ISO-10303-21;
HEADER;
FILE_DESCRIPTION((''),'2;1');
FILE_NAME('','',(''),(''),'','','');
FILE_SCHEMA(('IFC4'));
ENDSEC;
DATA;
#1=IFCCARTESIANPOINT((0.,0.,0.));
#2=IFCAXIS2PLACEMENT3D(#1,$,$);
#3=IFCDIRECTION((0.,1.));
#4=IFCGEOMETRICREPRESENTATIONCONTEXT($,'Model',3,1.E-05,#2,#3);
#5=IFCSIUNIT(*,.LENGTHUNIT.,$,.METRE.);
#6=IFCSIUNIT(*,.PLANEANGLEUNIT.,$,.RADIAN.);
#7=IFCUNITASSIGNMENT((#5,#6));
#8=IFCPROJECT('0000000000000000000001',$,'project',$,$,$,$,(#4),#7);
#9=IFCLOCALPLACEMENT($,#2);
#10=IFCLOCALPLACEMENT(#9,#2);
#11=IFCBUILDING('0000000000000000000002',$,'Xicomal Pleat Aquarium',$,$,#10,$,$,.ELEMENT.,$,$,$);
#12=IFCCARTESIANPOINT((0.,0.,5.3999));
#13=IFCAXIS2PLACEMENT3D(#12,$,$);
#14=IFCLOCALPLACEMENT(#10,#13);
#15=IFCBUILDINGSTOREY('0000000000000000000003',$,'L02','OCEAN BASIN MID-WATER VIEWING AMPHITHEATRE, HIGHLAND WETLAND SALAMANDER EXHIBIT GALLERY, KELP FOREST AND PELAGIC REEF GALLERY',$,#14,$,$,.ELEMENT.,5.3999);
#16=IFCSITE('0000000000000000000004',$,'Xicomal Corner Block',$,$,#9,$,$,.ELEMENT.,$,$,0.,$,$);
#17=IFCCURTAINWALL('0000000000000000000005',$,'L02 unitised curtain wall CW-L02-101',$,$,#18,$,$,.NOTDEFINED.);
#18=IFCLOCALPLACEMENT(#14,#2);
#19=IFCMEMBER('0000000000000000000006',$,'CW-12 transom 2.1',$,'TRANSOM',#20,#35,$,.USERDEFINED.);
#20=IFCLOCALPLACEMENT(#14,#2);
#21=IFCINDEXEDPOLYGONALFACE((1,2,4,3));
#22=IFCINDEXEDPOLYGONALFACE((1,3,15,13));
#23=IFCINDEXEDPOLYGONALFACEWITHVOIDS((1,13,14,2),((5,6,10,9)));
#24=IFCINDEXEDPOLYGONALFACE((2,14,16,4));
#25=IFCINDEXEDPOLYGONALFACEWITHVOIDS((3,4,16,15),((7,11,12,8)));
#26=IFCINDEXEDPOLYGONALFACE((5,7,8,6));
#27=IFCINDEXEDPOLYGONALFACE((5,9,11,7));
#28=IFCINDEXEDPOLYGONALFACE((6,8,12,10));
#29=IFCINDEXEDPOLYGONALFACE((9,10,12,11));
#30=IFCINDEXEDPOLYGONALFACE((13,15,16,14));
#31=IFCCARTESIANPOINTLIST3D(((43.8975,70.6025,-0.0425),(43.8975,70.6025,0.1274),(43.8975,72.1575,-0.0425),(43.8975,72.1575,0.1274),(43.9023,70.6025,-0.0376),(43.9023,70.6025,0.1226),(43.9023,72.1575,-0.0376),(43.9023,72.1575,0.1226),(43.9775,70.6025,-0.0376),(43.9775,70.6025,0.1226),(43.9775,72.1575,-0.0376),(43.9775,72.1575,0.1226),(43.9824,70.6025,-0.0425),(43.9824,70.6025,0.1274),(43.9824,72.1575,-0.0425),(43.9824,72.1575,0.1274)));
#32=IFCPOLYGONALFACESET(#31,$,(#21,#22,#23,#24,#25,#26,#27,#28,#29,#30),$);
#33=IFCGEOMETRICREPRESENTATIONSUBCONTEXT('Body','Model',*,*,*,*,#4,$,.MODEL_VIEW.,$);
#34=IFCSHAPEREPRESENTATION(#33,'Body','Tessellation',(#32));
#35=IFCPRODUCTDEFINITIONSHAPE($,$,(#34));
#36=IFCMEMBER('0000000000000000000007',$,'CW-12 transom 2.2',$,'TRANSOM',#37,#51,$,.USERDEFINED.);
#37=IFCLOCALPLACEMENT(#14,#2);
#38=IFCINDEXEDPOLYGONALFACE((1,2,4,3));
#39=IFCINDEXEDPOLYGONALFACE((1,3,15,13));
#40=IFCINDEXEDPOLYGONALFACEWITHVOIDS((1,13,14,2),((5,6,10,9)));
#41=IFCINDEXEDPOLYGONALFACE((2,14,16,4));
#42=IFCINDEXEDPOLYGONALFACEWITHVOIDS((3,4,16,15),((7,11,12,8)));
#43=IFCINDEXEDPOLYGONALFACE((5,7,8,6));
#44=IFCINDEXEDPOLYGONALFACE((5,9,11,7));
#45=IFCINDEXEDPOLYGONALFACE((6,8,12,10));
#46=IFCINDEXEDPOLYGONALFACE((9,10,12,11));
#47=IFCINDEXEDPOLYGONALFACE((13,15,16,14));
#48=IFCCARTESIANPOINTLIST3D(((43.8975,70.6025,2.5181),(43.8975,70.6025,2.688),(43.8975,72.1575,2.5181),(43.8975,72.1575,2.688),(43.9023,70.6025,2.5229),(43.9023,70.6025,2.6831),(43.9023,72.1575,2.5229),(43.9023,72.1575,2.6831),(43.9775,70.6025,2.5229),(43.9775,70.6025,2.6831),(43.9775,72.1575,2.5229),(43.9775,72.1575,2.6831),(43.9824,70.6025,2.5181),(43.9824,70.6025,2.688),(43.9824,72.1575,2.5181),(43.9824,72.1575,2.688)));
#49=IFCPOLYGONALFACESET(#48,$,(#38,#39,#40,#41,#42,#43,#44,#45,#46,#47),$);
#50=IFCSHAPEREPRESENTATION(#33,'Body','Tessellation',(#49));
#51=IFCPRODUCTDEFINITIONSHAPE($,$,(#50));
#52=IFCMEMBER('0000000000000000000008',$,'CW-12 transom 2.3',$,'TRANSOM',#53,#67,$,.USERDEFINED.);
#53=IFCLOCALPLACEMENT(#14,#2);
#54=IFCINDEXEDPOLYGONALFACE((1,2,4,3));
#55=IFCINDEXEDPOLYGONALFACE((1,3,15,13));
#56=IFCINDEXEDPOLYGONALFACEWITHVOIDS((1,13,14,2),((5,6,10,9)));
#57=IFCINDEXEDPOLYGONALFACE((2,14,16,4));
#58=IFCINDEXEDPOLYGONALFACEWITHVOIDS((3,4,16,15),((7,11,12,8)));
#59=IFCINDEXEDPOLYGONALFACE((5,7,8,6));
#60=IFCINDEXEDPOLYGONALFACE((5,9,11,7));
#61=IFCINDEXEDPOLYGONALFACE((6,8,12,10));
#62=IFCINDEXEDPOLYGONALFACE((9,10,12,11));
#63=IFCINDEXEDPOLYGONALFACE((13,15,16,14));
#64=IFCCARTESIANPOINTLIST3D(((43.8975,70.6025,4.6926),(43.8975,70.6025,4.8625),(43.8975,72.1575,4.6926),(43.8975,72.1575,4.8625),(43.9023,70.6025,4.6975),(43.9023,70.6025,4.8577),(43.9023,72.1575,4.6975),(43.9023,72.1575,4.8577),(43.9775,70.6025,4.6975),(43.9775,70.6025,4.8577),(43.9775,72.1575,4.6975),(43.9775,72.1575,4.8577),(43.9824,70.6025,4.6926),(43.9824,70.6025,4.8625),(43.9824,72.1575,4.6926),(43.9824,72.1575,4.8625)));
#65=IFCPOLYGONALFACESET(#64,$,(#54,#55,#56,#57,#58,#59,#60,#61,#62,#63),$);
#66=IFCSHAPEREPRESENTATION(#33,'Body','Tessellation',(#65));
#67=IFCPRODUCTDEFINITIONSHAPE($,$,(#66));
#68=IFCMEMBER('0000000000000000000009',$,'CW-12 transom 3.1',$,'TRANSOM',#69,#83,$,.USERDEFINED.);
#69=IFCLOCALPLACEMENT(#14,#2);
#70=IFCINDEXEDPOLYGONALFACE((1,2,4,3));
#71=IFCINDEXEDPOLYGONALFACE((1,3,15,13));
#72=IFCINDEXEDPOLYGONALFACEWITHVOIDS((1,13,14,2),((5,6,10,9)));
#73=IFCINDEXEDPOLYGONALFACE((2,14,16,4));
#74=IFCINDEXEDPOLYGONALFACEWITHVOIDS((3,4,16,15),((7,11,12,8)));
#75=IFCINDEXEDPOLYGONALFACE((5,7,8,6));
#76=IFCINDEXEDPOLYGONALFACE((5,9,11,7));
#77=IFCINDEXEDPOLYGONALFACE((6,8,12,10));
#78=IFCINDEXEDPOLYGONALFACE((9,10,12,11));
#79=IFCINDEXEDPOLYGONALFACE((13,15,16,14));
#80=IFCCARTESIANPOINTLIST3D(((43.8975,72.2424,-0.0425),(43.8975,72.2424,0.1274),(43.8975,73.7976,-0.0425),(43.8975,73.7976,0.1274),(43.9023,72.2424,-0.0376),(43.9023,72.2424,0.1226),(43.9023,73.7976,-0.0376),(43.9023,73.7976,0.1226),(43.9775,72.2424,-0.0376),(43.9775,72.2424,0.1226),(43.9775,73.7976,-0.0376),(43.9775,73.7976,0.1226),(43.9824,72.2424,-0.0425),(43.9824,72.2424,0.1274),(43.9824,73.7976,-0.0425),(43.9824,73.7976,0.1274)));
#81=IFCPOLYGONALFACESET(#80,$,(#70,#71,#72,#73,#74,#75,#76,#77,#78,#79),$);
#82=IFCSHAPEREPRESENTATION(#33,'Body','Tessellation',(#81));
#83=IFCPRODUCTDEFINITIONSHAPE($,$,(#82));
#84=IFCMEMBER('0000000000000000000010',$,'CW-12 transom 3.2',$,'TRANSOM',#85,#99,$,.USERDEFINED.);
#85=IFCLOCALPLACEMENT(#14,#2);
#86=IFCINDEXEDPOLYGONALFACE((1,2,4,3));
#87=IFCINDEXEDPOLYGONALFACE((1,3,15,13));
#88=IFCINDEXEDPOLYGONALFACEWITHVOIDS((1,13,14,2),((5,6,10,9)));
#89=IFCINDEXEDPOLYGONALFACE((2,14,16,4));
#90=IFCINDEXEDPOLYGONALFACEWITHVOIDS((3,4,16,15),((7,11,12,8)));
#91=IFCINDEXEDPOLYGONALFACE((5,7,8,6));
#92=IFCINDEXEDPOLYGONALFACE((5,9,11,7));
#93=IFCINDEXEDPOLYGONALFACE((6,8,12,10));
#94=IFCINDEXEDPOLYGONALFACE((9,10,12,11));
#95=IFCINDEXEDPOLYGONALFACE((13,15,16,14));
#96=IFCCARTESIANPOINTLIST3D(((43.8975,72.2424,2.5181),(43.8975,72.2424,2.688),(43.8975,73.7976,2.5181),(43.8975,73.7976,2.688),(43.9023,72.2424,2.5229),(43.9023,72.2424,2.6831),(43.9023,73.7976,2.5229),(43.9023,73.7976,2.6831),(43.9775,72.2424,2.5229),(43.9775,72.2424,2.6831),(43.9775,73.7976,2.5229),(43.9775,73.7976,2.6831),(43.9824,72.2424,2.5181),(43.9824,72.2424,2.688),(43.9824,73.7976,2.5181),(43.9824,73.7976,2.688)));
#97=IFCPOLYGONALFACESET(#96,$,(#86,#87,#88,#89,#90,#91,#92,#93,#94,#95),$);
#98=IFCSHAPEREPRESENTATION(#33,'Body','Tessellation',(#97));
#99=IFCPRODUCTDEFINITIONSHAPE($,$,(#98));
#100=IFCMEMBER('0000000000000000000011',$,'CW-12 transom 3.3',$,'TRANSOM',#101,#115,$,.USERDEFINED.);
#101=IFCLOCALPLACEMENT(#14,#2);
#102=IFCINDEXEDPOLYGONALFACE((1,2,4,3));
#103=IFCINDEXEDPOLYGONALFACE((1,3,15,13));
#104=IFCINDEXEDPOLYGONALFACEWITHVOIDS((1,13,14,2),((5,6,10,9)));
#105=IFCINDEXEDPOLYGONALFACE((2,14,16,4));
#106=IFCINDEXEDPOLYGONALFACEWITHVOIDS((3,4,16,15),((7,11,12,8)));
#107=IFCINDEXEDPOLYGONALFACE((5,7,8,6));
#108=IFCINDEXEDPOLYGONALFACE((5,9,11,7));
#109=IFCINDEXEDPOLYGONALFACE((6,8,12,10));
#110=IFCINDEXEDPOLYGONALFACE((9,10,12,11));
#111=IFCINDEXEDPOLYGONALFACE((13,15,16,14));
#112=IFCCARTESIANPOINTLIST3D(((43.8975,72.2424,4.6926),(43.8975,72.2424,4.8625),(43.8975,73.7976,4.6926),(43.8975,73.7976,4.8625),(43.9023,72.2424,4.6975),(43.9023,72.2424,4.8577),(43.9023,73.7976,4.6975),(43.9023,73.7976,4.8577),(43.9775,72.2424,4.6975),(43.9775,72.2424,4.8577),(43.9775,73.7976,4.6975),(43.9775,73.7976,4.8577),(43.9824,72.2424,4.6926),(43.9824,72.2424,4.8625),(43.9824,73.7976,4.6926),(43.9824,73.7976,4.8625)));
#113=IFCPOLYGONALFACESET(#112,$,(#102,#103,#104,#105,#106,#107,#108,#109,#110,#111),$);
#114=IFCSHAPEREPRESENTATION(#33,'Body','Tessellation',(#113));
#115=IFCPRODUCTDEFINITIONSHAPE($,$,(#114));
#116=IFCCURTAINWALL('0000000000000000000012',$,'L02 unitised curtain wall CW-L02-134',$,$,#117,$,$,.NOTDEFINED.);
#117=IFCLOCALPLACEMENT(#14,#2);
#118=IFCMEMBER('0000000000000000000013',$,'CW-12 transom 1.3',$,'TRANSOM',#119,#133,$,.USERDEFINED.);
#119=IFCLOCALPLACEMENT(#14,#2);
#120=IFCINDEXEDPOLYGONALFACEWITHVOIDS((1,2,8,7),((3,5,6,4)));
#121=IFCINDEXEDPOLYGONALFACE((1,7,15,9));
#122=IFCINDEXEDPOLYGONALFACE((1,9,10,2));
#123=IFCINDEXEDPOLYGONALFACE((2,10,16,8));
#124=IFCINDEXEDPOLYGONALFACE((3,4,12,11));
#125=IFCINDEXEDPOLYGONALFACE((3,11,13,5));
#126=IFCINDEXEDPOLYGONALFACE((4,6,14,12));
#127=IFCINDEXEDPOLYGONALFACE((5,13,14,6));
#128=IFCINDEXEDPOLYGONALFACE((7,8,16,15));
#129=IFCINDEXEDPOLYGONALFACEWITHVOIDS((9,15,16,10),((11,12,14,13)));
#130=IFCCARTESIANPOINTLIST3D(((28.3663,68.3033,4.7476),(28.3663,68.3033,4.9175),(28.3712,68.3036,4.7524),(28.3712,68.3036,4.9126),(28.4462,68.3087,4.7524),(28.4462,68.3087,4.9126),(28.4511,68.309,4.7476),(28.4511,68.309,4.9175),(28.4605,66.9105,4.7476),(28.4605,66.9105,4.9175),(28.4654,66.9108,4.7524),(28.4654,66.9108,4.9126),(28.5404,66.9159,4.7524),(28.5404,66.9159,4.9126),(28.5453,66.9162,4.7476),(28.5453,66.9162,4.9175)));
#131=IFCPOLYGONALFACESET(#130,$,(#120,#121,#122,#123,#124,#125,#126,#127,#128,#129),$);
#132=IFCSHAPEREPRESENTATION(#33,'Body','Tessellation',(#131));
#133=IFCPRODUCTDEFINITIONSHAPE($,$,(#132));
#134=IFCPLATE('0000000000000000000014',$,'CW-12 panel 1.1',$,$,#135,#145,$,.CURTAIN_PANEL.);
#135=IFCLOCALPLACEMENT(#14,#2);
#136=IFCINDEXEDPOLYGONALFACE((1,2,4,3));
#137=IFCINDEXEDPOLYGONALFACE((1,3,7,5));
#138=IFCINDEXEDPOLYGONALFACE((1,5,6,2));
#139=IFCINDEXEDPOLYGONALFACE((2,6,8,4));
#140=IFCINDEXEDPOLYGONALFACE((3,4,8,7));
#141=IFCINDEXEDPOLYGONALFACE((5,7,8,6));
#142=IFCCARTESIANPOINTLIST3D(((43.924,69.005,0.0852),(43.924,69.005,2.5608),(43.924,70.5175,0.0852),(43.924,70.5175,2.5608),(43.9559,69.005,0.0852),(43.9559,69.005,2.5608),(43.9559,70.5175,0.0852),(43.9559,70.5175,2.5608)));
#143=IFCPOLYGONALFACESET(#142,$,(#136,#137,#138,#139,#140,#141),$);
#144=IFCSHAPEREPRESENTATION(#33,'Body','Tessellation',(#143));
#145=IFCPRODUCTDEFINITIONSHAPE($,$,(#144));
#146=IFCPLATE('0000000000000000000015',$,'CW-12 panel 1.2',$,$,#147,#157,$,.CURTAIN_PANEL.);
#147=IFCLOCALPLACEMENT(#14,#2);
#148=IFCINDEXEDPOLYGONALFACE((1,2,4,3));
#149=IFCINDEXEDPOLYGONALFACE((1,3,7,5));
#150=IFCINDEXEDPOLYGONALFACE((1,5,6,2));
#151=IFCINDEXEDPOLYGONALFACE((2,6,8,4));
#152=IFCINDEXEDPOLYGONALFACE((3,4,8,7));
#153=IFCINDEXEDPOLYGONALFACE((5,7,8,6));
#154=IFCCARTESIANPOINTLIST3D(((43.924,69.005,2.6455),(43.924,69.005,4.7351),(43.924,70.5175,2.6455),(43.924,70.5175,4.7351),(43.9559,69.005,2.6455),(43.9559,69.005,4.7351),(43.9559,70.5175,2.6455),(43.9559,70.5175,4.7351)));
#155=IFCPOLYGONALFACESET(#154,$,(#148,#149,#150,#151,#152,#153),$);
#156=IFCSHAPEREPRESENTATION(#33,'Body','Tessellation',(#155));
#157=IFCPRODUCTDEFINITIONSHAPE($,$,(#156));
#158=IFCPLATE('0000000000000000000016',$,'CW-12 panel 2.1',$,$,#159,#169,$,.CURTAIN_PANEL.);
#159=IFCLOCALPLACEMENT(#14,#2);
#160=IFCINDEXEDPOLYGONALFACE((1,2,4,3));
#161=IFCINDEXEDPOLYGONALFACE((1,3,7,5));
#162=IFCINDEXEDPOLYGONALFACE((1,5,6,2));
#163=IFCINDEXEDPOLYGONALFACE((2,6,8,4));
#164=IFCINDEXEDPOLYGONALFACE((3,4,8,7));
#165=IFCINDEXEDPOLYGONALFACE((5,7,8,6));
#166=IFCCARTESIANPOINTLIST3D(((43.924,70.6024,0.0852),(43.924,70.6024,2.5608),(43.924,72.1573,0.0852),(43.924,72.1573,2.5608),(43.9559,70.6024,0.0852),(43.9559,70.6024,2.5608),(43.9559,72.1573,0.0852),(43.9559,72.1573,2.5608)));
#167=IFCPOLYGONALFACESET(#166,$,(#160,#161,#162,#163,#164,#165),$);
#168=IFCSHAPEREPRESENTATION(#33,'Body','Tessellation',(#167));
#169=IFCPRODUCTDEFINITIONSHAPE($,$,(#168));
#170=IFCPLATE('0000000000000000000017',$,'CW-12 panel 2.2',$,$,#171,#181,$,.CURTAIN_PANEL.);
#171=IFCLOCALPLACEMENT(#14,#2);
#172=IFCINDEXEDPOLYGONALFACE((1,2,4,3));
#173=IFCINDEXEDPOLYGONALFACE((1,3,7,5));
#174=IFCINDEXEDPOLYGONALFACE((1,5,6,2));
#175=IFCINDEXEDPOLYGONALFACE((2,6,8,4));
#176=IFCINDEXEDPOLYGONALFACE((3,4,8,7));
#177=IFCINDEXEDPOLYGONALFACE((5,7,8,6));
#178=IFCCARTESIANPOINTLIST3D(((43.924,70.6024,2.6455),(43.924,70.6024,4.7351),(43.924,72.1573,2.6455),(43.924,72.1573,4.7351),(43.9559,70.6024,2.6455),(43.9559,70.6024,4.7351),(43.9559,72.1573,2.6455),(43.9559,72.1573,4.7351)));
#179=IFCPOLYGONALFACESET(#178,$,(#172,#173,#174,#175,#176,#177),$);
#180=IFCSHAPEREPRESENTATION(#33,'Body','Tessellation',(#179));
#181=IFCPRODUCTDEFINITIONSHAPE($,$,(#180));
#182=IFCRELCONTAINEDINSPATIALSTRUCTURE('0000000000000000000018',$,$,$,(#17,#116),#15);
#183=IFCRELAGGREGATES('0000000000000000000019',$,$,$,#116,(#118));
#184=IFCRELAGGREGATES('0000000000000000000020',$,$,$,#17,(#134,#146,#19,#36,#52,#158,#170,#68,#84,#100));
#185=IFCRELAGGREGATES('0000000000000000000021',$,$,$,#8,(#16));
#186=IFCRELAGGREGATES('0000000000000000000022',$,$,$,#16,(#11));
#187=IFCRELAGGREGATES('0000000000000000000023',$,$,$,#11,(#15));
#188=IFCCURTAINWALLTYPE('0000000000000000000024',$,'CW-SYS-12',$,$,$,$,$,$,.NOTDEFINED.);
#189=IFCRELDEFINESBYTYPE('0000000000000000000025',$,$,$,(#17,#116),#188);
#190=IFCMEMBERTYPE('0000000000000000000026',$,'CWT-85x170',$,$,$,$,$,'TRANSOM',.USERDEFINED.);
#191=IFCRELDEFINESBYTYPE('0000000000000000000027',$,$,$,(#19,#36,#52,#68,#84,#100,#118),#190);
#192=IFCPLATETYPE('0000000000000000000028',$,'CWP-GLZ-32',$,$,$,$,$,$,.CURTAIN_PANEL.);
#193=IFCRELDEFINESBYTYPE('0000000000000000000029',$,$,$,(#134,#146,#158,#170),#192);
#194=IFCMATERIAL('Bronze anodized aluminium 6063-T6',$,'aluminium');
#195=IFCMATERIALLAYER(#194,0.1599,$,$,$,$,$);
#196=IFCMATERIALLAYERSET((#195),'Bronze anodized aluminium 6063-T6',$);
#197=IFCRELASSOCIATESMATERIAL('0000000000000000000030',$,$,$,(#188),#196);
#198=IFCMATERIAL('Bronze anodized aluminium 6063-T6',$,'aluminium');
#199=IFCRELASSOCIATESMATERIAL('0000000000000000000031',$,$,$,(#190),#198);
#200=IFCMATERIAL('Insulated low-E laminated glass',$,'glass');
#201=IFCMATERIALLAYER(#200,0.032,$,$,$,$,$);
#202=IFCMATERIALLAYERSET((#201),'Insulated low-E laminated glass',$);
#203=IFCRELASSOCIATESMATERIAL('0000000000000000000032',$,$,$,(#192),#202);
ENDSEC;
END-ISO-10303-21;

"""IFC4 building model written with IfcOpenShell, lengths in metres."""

from ifc_helpers import new_model, si_unit, direction, frame, origin, origin_2d, place, context, subcontext, project, spatial, rectangle, hollow_rectangle, extrude, material, layer, layer_set, material_profile, profile_set, type_object, element, aggregate, save


model = new_model("IFC4")

# Units and contexts
model_context = context("Model", 3, precision=1e-05, world=origin(), true_north=direction((0.0, 1.0)))
body_context = subcontext(model_context, "Body", "Model", "MODEL_VIEW")
ifc_project = project(units=[si_unit("LENGTHUNIT", "METRE"), si_unit("PLANEANGLEUNIT", "RADIAN")], contexts=[model_context])

# Site, building, storey
site_placement = place(None, origin())
site = spatial("IfcSite", under=ifc_project, at=site_placement, Name="Xicomal Corner Block", CompositionType="ELEMENT", RefElevation=0.0)
building_placement = place(site_placement, origin())
building = spatial("IfcBuilding", under=site, at=building_placement, Name="Xicomal Pleat Aquarium", CompositionType="ELEMENT")
storey_placement = place(building_placement, frame((0.0, 0.0, 5.3999)))
storey = spatial("IfcBuildingStorey", under=building, at=storey_placement, Name="L02", Description="OCEAN BASIN MID-WATER VIEWING AMPHITHEATRE, HIGHLAND WETLAND SALAMANDER EXHIBIT GALLERY, KELP FOREST AND PELAGIC REEF GALLERY", CompositionType="ELEMENT", Elevation=5.3999)

# Curtain wall, members
ifc_material_1 = material(Name="Bronze anodized aluminium 6063-T6", Category="aluminium")
ifc_layer_1 = layer(ifc_material_1, 0.1599)
ifc_layer_set_1 = layer_set([ifc_layer_1], Name="Bronze anodized aluminium 6063-T6")
curtain_wall_type = type_object("IfcCurtainWallType", Name="CW-SYS-12", PredefinedType="NOTDEFINED", material=ifc_layer_set_1)
curtain_wall_1_placement = place(storey_placement, origin())
curtain_wall_1 = element("IfcCurtainWall", 1, at=curtain_wall_1_placement, inside=storey, type_object=curtain_wall_type, Name="L02 unitised curtain wall CW-L02-101", PredefinedType="NOTDEFINED")
ifc_material_2 = material(Name="Bronze anodized aluminium 6063-T6", Category="aluminium")
ifc_material_profile_1 = material_profile(ifc_material_2, hollow_rectangle(XDim=0.085, YDim=0.1699, WallThickness=0.0049, at=origin_2d()), Name="ALU TRAN 85x170")
ifc_profile_set_1 = profile_set([ifc_material_profile_1], Name="Bronze anodized aluminium 6063-T6")
member_type_1 = type_object("IfcMemberType", Name="CWT-85x170", ElementType="TRANSOM", PredefinedType="USERDEFINED", material=ifc_profile_set_1)
member_1_placement = place(storey_placement, frame((43.9399, 70.6025, 0.0425), z_axis=(0.0, 1.0, 0.0), x_axis=(-1.0, 0.0, 0.0)))
member_1 = element("IfcMember", 2, at=member_1_placement, type_object=member_type_1, Name="CW-12 transom 2.1", ObjectType="TRANSOM", PredefinedType="USERDEFINED", context=body_context, shape_type="SweptSolid", body=[
    extrude(hollow_rectangle(XDim=0.085, YDim=0.1699, WallThickness=0.0049, at=origin_2d()), origin(), (0.0, 0.0, 1.0), 1.5549),
])
member_2_placement = place(storey_placement, frame((43.9399, 70.6025, 2.603), z_axis=(0.0, 1.0, 0.0), x_axis=(-1.0, 0.0, 0.0)))
member_2 = element("IfcMember", 3, at=member_2_placement, type_object=member_type_1, Name="CW-12 transom 2.2", ObjectType="TRANSOM", PredefinedType="USERDEFINED", context=body_context, shape_type="SweptSolid", body=[
    extrude(hollow_rectangle(XDim=0.085, YDim=0.1699, WallThickness=0.0049, at=origin_2d()), origin(), (0.0, 0.0, 1.0), 1.5549),
])
member_3_placement = place(storey_placement, frame((43.9399, 70.6025, 4.7776), z_axis=(0.0, 1.0, 0.0), x_axis=(-1.0, 0.0, 0.0)))
member_3 = element("IfcMember", 4, at=member_3_placement, type_object=member_type_1, Name="CW-12 transom 2.3", ObjectType="TRANSOM", PredefinedType="USERDEFINED", context=body_context, shape_type="SweptSolid", body=[
    extrude(hollow_rectangle(XDim=0.085, YDim=0.1699, WallThickness=0.0049, at=origin_2d()), origin(), (0.0, 0.0, 1.0), 1.5549),
])
member_4_placement = place(storey_placement, frame((43.9399, 72.2424, 0.0425), z_axis=(0.0, 1.0, 0.0), x_axis=(-1.0, 0.0, 0.0)))
member_4 = element("IfcMember", 5, at=member_4_placement, type_object=member_type_1, Name="CW-12 transom 3.1", ObjectType="TRANSOM", PredefinedType="USERDEFINED", context=body_context, shape_type="SweptSolid", body=[
    extrude(hollow_rectangle(XDim=0.085, YDim=0.1699, WallThickness=0.0049, at=origin_2d()), origin(), (0.0, 0.0, 1.0), 1.5552),
])
member_5_placement = place(storey_placement, frame((43.9399, 72.2424, 2.603), z_axis=(0.0, 1.0, 0.0), x_axis=(-1.0, 0.0, 0.0)))
member_5 = element("IfcMember", 6, at=member_5_placement, type_object=member_type_1, Name="CW-12 transom 3.2", ObjectType="TRANSOM", PredefinedType="USERDEFINED", context=body_context, shape_type="SweptSolid", body=[
    extrude(hollow_rectangle(XDim=0.085, YDim=0.1699, WallThickness=0.0049, at=origin_2d()), origin(), (0.0, 0.0, 1.0), 1.5552),
])
member_6_placement = place(storey_placement, frame((43.9399, 72.2424, 4.7776), z_axis=(0.0, 1.0, 0.0), x_axis=(-1.0, 0.0, 0.0)))
member_6 = element("IfcMember", 7, at=member_6_placement, type_object=member_type_1, Name="CW-12 transom 3.3", ObjectType="TRANSOM", PredefinedType="USERDEFINED", context=body_context, shape_type="SweptSolid", body=[
    extrude(hollow_rectangle(XDim=0.085, YDim=0.1699, WallThickness=0.0049, at=origin_2d()), origin(), (0.0, 0.0, 1.0), 1.5552),
])

# Curtain wall, member
curtain_wall_2_placement = place(storey_placement, origin())
curtain_wall_2 = element("IfcCurtainWall", 8, at=curtain_wall_2_placement, inside=storey, type_object=curtain_wall_type, Name="L02 unitised curtain wall CW-L02-134", PredefinedType="NOTDEFINED")
member_7_placement = place(storey_placement, frame((28.4087, 68.3062, 4.8325), z_axis=(0.067506, -0.997719, 0.0), x_axis=(0.997719, 0.067506, 0.0)))
member_7 = element("IfcMember", 9, at=member_7_placement, type_object=member_type_1, Name="CW-12 transom 1.3", ObjectType="TRANSOM", PredefinedType="USERDEFINED", context=body_context, shape_type="SweptSolid", body=[
    extrude(hollow_rectangle(XDim=0.085, YDim=0.1699, WallThickness=0.0049, at=origin_2d()), origin(), (0.0, 0.0, 1.0), 1.396),
])
aggregate(curtain_wall_2, [member_7])

# Plates
ifc_material_3 = material(Name="Insulated low-E laminated glass", Category="glass")
ifc_layer_2 = layer(ifc_material_3, 0.032)
ifc_layer_set_2 = layer_set([ifc_layer_2], Name="Insulated low-E laminated glass")
plate_type = type_object("IfcPlateType", Name="CWP-GLZ-32", PredefinedType="CURTAIN_PANEL", material=ifc_layer_set_2)
plate_1_placement = place(storey_placement, frame((43.9399, 69.7612, 0.0852), z_axis=(0.0, 0.0, 1.0), x_axis=(0.0, 1.0, 0.0)))
plate_1 = element("IfcPlate", 10, at=plate_1_placement, type_object=plate_type, Name="CW-12 panel 1.1", PredefinedType="CURTAIN_PANEL", context=body_context, shape_type="SweptSolid", body=[
    extrude(rectangle(XDim=1.5125, YDim=0.032, at=origin_2d()), origin(), (0.0, 0.0, 1.0), 2.4756),
])
plate_2_placement = place(storey_placement, frame((43.9399, 69.7612, 2.6455), z_axis=(0.0, 0.0, 1.0), x_axis=(0.0, 1.0, 0.0)))
plate_2 = element("IfcPlate", 11, at=plate_2_placement, type_object=plate_type, Name="CW-12 panel 1.2", PredefinedType="CURTAIN_PANEL", context=body_context, shape_type="SweptSolid", body=[
    extrude(rectangle(XDim=1.5125, YDim=0.032, at=origin_2d()), origin(), (0.0, 0.0, 1.0), 2.0896),
])
plate_3_placement = place(storey_placement, frame((43.9399, 71.3799, 0.0852), z_axis=(0.0, 0.0, 1.0), x_axis=(0.0, 1.0, 0.0)))
plate_3 = element("IfcPlate", 12, at=plate_3_placement, type_object=plate_type, Name="CW-12 panel 2.1", PredefinedType="CURTAIN_PANEL", context=body_context, shape_type="SweptSolid", body=[
    extrude(rectangle(XDim=1.5549, YDim=0.032, at=origin_2d()), origin(), (0.0, 0.0, 1.0), 2.4756),
])
plate_4_placement = place(storey_placement, frame((43.9399, 71.3799, 2.6455), z_axis=(0.0, 0.0, 1.0), x_axis=(0.0, 1.0, 0.0)))
plate_4 = element("IfcPlate", 13, at=plate_4_placement, type_object=plate_type, Name="CW-12 panel 2.2", PredefinedType="CURTAIN_PANEL", context=body_context, shape_type="SweptSolid", body=[
    extrude(rectangle(XDim=1.5549, YDim=0.032, at=origin_2d()), origin(), (0.0, 0.0, 1.0), 2.0896),
])
aggregate(curtain_wall_1, [plate_1, plate_2, member_1, member_2, member_3, plate_3, plate_4, member_4, member_5, member_6])

save(model, "model.ifc")
